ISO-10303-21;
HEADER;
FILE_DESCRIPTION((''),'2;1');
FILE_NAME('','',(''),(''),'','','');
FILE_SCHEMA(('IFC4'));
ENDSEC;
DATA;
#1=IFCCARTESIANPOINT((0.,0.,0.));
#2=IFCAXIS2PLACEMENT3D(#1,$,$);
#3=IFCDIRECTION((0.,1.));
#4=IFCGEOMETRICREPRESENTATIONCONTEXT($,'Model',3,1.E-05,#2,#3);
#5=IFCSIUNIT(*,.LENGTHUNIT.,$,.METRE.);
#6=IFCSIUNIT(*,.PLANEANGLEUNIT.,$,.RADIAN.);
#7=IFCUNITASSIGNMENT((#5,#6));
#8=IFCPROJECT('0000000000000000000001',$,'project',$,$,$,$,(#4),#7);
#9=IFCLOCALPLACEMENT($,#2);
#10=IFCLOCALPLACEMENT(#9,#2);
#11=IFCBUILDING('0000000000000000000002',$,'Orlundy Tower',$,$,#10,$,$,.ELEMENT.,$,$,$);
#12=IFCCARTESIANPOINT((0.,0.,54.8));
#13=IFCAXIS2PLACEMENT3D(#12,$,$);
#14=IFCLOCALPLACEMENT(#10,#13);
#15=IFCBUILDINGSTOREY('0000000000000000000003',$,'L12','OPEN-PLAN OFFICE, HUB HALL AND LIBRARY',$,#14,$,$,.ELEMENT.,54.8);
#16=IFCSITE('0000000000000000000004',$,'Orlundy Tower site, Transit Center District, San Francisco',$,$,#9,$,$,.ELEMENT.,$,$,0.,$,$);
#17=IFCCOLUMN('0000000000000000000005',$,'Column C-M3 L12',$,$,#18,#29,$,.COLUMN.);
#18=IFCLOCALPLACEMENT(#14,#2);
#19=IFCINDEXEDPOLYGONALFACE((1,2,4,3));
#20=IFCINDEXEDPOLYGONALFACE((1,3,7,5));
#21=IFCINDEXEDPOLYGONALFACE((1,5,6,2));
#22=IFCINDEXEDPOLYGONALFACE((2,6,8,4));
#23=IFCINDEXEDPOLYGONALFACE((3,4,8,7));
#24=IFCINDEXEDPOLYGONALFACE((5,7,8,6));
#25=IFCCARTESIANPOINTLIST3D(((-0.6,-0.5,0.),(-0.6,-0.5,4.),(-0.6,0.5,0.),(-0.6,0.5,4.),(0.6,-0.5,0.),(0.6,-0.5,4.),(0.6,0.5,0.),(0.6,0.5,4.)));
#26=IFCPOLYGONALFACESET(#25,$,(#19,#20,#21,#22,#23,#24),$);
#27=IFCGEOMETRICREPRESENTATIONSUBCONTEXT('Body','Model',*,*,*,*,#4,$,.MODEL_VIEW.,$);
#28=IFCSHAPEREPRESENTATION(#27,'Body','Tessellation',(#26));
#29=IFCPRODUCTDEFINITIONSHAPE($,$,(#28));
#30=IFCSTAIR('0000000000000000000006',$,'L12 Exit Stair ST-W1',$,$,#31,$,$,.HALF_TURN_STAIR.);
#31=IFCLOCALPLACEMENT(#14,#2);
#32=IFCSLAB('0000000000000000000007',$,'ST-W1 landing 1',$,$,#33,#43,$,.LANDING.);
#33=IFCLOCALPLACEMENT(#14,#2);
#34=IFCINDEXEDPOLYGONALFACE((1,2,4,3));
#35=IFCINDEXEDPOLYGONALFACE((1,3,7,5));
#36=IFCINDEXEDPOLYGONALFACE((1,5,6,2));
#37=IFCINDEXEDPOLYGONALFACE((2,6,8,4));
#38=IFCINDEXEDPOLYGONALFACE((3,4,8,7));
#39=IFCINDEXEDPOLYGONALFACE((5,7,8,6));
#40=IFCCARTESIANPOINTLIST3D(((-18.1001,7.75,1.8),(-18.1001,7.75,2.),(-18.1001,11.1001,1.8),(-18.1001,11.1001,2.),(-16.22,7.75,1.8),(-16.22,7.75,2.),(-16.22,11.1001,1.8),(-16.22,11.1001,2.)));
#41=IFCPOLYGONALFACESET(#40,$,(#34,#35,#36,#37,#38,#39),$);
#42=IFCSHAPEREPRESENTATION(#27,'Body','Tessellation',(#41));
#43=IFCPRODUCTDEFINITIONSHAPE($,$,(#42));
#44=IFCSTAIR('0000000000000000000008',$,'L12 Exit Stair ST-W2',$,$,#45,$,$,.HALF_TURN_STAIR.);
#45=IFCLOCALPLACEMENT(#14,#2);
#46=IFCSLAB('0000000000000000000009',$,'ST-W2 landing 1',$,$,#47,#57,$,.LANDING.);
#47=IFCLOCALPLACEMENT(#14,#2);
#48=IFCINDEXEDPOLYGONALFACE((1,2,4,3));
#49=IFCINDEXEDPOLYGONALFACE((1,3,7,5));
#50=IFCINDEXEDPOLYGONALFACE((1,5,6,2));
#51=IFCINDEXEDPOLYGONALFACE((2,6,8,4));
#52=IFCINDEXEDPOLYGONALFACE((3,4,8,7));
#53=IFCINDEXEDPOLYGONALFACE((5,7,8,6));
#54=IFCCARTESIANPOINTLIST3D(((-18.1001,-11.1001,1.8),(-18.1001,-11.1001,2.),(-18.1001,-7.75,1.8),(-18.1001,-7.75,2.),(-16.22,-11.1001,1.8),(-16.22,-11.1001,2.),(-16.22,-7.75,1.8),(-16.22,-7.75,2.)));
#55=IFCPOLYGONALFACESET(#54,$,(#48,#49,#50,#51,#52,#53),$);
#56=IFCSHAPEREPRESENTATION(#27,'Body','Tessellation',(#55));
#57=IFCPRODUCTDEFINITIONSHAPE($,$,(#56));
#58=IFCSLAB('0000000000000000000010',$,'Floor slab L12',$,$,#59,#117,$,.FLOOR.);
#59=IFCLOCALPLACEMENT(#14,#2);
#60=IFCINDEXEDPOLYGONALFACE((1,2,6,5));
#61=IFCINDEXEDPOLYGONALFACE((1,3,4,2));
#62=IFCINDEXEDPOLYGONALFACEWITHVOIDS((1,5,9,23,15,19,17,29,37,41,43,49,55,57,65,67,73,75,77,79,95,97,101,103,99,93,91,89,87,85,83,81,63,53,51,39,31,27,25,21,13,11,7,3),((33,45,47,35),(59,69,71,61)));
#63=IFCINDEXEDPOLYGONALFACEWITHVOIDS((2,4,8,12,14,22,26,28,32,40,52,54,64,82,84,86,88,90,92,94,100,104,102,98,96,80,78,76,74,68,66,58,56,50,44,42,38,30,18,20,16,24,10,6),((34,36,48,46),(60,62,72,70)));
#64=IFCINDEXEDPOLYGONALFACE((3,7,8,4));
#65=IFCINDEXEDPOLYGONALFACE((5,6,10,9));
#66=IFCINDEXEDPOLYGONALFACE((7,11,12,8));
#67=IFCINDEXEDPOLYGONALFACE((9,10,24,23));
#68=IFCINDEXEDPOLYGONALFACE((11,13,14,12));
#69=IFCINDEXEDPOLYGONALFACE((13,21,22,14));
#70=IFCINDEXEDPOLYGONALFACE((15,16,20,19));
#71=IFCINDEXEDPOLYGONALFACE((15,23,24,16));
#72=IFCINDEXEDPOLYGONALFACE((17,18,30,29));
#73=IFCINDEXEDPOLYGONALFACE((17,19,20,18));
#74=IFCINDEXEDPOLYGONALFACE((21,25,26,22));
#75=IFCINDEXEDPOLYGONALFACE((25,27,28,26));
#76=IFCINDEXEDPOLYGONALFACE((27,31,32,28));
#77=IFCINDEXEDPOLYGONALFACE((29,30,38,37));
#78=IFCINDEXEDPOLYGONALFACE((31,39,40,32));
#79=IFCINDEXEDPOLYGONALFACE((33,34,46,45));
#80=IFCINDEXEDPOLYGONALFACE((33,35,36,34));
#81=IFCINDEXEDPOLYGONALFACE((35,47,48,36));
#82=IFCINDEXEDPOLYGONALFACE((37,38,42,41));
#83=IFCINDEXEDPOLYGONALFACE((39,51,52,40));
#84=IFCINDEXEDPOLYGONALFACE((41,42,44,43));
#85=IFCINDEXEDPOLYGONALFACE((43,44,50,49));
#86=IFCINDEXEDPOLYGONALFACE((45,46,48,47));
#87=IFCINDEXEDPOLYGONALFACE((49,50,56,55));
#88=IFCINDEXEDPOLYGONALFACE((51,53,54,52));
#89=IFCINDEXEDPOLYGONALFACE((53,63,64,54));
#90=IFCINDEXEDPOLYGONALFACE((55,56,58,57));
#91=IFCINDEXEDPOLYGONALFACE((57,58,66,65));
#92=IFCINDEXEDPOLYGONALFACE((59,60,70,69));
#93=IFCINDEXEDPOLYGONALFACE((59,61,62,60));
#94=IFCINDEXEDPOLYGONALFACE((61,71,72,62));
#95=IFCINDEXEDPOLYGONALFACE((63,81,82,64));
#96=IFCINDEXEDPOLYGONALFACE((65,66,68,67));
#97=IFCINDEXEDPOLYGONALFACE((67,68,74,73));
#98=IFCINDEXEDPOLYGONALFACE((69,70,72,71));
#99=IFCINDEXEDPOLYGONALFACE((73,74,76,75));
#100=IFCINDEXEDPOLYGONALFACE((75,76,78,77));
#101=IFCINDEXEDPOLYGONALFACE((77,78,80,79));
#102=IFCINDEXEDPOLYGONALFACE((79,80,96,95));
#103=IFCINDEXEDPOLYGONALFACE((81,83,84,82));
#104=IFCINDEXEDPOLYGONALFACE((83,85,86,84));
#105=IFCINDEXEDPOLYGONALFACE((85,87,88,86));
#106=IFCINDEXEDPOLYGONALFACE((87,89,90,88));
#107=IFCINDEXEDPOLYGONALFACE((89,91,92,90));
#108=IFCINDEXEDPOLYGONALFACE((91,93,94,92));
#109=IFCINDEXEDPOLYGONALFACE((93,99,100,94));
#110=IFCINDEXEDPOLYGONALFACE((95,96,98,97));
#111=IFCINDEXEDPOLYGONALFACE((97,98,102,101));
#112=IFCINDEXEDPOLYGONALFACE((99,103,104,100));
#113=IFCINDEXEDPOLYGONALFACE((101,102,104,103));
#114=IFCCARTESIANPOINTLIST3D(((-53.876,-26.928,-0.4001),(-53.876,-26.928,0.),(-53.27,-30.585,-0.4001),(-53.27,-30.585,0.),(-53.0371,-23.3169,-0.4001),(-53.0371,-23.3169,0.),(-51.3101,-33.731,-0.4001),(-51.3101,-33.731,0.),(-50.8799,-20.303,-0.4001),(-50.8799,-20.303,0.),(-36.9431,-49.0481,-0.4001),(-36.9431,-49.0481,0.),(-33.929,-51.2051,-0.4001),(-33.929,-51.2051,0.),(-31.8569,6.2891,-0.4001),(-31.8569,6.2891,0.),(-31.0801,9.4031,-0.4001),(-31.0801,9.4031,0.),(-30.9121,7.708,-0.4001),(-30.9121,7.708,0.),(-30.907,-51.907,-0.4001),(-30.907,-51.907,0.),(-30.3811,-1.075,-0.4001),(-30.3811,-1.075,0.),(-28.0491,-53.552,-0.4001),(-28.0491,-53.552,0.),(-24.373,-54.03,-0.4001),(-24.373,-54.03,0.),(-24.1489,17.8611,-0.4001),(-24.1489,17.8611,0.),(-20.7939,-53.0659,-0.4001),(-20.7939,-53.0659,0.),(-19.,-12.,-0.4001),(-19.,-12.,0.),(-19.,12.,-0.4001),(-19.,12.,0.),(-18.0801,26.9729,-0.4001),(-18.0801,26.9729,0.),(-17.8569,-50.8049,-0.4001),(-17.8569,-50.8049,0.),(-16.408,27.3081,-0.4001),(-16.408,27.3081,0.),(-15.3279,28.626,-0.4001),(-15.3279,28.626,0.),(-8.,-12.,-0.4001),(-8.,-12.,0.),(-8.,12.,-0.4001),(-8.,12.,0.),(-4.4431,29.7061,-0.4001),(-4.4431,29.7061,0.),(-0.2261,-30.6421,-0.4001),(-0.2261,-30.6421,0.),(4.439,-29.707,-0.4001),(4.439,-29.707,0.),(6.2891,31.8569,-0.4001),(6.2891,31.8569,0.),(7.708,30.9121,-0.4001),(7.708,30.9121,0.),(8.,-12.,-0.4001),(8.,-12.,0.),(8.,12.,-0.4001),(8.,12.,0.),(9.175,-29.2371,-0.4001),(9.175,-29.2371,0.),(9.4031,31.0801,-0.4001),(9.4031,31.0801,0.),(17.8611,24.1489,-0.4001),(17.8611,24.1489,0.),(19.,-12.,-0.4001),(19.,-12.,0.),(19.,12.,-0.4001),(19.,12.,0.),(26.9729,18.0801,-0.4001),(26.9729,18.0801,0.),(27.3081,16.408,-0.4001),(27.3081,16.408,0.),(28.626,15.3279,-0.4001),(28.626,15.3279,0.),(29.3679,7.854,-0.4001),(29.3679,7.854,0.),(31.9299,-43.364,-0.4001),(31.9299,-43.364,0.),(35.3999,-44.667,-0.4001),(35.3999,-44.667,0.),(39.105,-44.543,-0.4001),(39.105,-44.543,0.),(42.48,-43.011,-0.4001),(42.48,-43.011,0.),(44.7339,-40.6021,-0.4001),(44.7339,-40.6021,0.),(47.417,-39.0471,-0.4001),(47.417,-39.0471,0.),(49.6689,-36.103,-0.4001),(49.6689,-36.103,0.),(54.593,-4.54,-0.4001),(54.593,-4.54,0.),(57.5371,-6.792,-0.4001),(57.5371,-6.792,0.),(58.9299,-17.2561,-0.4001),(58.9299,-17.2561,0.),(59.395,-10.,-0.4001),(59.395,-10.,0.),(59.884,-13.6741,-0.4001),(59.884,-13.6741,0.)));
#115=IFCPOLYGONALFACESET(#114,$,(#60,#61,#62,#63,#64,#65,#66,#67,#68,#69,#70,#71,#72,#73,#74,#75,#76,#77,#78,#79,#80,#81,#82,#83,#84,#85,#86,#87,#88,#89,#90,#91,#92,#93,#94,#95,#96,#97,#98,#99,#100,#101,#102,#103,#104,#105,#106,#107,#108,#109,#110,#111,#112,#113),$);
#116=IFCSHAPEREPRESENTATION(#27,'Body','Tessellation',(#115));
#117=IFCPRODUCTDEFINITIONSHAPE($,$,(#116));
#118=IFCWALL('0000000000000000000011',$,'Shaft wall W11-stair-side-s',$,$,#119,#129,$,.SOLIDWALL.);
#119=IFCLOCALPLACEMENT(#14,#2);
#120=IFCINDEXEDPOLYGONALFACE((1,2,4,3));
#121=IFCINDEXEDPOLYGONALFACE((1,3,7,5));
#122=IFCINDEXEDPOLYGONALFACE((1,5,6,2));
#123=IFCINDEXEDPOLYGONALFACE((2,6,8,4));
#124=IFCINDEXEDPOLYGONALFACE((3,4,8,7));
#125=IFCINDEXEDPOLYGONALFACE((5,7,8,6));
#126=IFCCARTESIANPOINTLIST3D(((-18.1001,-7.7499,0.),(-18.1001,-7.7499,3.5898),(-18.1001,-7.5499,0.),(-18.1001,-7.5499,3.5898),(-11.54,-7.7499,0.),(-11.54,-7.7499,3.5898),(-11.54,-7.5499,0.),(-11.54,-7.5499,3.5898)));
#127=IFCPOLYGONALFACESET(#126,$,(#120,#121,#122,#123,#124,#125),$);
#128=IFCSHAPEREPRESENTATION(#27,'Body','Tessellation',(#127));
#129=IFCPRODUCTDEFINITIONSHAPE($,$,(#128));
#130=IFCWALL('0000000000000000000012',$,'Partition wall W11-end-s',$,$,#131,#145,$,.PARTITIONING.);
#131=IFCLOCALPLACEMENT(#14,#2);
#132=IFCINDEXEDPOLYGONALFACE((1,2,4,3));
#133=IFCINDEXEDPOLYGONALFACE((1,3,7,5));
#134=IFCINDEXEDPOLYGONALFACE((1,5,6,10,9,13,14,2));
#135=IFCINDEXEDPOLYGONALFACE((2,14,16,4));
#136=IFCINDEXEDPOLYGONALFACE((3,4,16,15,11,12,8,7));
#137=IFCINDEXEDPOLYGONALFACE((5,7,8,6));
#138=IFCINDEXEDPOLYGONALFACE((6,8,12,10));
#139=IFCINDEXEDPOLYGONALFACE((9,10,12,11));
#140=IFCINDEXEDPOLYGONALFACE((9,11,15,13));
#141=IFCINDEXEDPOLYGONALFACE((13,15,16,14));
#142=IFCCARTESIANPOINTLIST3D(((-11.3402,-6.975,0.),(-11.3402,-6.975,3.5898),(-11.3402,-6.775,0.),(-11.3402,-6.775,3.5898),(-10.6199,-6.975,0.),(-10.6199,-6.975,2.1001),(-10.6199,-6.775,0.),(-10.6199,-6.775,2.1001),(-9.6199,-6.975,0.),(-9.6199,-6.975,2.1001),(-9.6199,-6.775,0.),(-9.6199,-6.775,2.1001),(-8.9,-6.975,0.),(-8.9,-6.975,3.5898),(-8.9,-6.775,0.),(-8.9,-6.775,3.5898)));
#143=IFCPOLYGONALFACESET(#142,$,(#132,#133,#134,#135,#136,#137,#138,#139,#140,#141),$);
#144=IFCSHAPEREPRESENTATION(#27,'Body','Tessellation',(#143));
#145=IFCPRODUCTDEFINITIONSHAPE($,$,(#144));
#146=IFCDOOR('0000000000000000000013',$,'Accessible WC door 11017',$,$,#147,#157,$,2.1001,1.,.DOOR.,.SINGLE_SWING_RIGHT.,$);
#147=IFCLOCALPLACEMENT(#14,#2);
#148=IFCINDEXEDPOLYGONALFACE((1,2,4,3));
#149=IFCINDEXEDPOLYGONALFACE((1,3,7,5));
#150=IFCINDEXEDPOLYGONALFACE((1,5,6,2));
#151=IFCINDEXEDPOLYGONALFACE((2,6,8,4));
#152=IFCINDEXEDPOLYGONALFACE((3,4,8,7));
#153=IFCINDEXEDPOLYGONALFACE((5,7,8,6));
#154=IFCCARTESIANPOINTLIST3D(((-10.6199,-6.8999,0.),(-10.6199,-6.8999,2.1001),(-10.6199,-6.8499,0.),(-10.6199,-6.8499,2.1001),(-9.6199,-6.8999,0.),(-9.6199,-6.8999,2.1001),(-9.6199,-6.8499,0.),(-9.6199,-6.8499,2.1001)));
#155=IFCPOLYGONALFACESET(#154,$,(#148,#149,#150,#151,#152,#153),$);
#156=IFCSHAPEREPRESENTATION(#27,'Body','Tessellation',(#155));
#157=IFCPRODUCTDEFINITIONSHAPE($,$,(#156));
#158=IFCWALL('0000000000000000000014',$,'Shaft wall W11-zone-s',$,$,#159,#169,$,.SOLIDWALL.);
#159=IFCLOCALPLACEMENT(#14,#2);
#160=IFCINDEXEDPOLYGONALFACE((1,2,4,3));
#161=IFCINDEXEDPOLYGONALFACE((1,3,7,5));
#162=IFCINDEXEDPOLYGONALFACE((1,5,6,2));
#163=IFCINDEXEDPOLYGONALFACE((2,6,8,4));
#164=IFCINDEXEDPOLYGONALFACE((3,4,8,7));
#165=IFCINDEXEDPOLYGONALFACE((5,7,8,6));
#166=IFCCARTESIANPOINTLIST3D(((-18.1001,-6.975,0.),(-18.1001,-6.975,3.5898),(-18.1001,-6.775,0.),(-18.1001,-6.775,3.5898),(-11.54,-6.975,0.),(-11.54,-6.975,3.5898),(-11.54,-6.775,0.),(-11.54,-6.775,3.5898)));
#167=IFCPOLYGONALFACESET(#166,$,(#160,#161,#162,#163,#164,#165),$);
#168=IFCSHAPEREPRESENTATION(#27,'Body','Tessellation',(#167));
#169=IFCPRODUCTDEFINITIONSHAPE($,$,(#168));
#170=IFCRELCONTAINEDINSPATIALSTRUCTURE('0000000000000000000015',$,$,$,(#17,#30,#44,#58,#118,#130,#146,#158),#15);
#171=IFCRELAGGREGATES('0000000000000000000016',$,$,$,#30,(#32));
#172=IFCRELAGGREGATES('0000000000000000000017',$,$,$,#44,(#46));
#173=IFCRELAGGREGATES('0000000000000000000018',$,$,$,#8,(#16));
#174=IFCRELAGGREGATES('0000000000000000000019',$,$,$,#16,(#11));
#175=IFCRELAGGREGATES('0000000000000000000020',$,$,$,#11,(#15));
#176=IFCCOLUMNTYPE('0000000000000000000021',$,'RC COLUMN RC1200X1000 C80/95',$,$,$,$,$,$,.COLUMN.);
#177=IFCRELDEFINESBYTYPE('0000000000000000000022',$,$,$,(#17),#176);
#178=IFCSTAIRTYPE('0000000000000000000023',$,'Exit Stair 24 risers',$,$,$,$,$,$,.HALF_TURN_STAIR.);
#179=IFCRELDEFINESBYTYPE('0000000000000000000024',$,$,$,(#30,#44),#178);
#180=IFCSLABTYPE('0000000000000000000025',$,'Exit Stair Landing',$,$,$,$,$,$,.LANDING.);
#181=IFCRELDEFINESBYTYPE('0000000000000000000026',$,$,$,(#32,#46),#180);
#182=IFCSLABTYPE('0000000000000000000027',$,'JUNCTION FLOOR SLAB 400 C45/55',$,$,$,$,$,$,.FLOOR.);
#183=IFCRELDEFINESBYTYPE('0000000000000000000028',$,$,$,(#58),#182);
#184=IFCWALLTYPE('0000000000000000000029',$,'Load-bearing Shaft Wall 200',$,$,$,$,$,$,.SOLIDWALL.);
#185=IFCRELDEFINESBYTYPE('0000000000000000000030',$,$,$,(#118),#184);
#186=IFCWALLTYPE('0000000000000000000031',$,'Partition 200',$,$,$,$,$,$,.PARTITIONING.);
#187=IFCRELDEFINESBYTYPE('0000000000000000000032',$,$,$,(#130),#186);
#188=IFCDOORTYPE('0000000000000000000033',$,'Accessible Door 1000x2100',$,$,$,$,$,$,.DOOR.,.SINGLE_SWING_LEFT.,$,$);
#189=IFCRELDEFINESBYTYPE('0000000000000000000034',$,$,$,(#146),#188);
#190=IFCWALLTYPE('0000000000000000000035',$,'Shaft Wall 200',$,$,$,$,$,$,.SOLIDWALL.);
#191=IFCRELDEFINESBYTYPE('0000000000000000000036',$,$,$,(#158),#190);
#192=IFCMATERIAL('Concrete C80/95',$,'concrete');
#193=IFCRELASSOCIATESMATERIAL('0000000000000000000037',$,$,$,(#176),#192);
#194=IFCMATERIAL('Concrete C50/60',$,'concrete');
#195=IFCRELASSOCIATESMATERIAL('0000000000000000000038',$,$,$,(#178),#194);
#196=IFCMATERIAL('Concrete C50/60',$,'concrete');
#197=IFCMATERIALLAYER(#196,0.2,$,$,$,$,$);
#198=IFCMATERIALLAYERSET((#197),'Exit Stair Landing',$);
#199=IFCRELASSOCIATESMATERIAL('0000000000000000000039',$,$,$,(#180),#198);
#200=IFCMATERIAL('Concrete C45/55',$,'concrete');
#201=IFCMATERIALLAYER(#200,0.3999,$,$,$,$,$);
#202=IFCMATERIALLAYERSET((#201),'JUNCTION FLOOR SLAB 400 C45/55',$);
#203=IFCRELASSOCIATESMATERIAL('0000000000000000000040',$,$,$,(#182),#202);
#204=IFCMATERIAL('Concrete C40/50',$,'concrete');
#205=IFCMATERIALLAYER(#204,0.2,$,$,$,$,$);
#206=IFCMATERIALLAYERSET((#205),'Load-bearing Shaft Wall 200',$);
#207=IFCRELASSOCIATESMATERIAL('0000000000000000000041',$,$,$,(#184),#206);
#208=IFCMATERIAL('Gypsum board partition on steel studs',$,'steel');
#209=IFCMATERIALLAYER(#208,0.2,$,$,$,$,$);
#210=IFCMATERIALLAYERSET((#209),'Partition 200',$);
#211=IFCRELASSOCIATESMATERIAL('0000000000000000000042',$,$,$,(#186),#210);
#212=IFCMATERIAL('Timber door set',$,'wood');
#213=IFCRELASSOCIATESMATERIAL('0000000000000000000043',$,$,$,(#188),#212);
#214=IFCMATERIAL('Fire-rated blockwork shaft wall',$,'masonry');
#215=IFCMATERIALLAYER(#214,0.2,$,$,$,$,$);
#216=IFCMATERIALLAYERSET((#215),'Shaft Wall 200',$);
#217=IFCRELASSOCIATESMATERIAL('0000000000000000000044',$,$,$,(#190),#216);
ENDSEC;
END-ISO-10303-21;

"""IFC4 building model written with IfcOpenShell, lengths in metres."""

from ifc_helpers import new_model, si_unit, direction, frame, frame_2d, origin, origin_with_axes, origin_2d, place, context, subcontext, project, spatial, polyline, rectangle, outline, extrude, material, layer, layer_set, material_profile, profile_set, type_object, element, fill, aggregate, save


model = new_model("IFC4")

# Units and contexts
model_context = context("Model", 3, precision=1e-05, world=origin(), true_north=direction((0.0, 1.0)))
body_context = subcontext(model_context, "Body", "Model", "MODEL_VIEW")
ifc_project = project(units=[si_unit("LENGTHUNIT", "METRE"), si_unit("PLANEANGLEUNIT", "RADIAN")], contexts=[model_context])

# Site, building, storey
site_placement = place(None, origin())
site = spatial("IfcSite", under=ifc_project, at=site_placement, Name="Orlundy Tower site, Transit Center District, San Francisco", CompositionType="ELEMENT", RefElevation=0.0)
building_placement = place(site_placement, origin())
building = spatial("IfcBuilding", under=site, at=building_placement, Name="Orlundy Tower", CompositionType="ELEMENT")
storey_placement = place(building_placement, frame((0.0, 0.0, 54.8)))
storey = spatial("IfcBuildingStorey", under=building, at=storey_placement, Name="L12", Description="OPEN-PLAN OFFICE, HUB HALL AND LIBRARY", CompositionType="ELEMENT", Elevation=54.8)

# Column
ifc_material_1 = material(Name="Concrete C80/95", Category="concrete")
ifc_material_profile = material_profile(ifc_material_1, rectangle(XDim=1.2, YDim=1.0, at=origin_2d()), Name="RC1200X1000")
ifc_profile_set = profile_set([ifc_material_profile], Name="Concrete C80/95")
column_type = type_object("IfcColumnType", Name="RC COLUMN RC1200X1000 C80/95", PredefinedType="COLUMN", material=ifc_profile_set)
column_placement = place(storey_placement, origin_with_axes())
element("IfcColumn", 1, at=column_placement, inside=storey, type_object=column_type, Name="Column C-M3 L12", PredefinedType="COLUMN", context=body_context, shape_type="SweptSolid", body=[
    extrude(rectangle(XDim=1.2, YDim=1.0, at=origin_2d()), origin(), (0.0, 0.0, 1.0), 4.0),
])

# Stairs, slabs
ifc_material_2 = material(Name="Concrete C50/60", Category="concrete")
stair_type = type_object("IfcStairType", Name="Exit Stair 24 risers", PredefinedType="HALF_TURN_STAIR", material=ifc_material_2)
stair_1_placement = place(storey_placement, origin())
stair_1 = element("IfcStair", 2, at=stair_1_placement, inside=storey, type_object=stair_type, Name="L12 Exit Stair ST-W1", PredefinedType="HALF_TURN_STAIR")
ifc_material_3 = material(Name="Concrete C50/60", Category="concrete")
ifc_layer_1 = layer(ifc_material_3, 0.2)
ifc_layer_set_1 = layer_set([ifc_layer_1], Name="Exit Stair Landing")
slab_type_1 = type_object("IfcSlabType", Name="Exit Stair Landing", PredefinedType="LANDING", material=ifc_layer_set_1)
slab_1_placement = place(storey_placement, frame((0.0, 0.0, 1.8)))
slab_1 = element("IfcSlab", 3, at=slab_1_placement, type_object=slab_type_1, Name="ST-W1 landing 1", PredefinedType="LANDING", context=body_context, shape_type="SweptSolid", body=[
    extrude(outline(polyline([(-16.22, 11.1001), (-18.1001, 11.1001), (-18.1001, 7.75), (-16.22, 7.75), (-16.22, 11.1001)])), origin(), (0.0, 0.0, 1.0), 0.2),
])
aggregate(stair_1, [slab_1])
stair_2_placement = place(storey_placement, origin())
stair_2 = element("IfcStair", 4, at=stair_2_placement, inside=storey, type_object=stair_type, Name="L12 Exit Stair ST-W2", PredefinedType="HALF_TURN_STAIR")
slab_2_placement = place(storey_placement, frame((0.0, 0.0, 1.8)))
slab_2 = element("IfcSlab", 5, at=slab_2_placement, type_object=slab_type_1, Name="ST-W2 landing 1", PredefinedType="LANDING", context=body_context, shape_type="SweptSolid", body=[
    extrude(outline(polyline([(-16.22, -7.75), (-18.1001, -7.75), (-18.1001, -11.1001), (-16.22, -11.1001), (-16.22, -7.75)])), origin(), (0.0, 0.0, 1.0), 0.2),
])
aggregate(stair_2, [slab_2])

# Slab
ifc_material_4 = material(Name="Concrete C45/55", Category="concrete")
ifc_layer_2 = layer(ifc_material_4, 0.3999)
ifc_layer_set_2 = layer_set([ifc_layer_2], Name="JUNCTION FLOOR SLAB 400 C45/55")
slab_type_2 = type_object("IfcSlabType", Name="JUNCTION FLOOR SLAB 400 C45/55", PredefinedType="FLOOR", material=ifc_layer_set_2)
slab_3_placement = place(storey_placement, frame((0.0, 0.0, -0.4001)))
element("IfcSlab", 6, at=slab_3_placement, inside=storey, type_object=slab_type_2, Name="Floor slab L12", PredefinedType="FLOOR", context=body_context, shape_type="SweptSolid", body=[
    extrude(outline(polyline([(-17.8569, -50.8049), (-20.7939, -53.0659), (-24.373, -54.03), (-28.0491, -53.552), (-30.907, -51.907), (-33.929, -51.2051), (-36.9431, -49.0481), (-51.3101, -33.731), (-53.27, -30.585), (-53.876, -26.928), (-53.0371, -23.3169), (-50.8799, -20.303), (-30.3811, -1.075), (-31.8569, 6.2891), (-30.9121, 7.708), (-31.0801, 9.4031), (-24.1489, 17.8611), (-18.0801, 26.9729), (-16.408, 27.3081), (-15.3279, 28.626), (-4.4431, 29.7061), (6.2891, 31.8569), (7.708, 30.9121), (9.4031, 31.0801), (17.8611, 24.1489), (26.9729, 18.0801), (27.3081, 16.408), (28.626, 15.3279), (29.3679, 7.854), (54.593, -4.54), (57.5371, -6.792), (59.395, -10.0), (59.884, -13.6741), (58.9299, -17.2561), (49.6689, -36.103), (47.417, -39.0471), (44.7339, -40.6021), (42.48, -43.011), (39.105, -44.543), (35.3999, -44.667), (31.9299, -43.364), (9.175, -29.2371), (4.439, -29.707), (-0.2261, -30.6421), (-17.8569, -50.8049)]), holes=[polyline([(-8.0, -12.0), (-8.0, 12.0), (-19.0, 12.0), (-19.0, -12.0), (-8.0, -12.0)]), polyline([(19.0, -12.0), (19.0, 12.0), (8.0, 12.0), (8.0, -12.0), (19.0, -12.0)])]), origin(), (0.0, 0.0, 1.0), 0.4001),
])

# Wall
ifc_material_5 = material(Name="Concrete C40/50", Category="concrete")
ifc_layer_3 = layer(ifc_material_5, 0.2)
ifc_layer_set_3 = layer_set([ifc_layer_3], Name="Load-bearing Shaft Wall 200")
wall_type_1 = type_object("IfcWallType", Name="Load-bearing Shaft Wall 200", PredefinedType="SOLIDWALL", material=ifc_layer_set_3)
wall_1_placement = place(storey_placement, frame((-11.54, -7.6499, 0.0), z_axis=(0.0, 0.0, 1.0), x_axis=(-1.0, 0.0, 0.0)))
element("IfcWall", 7, at=wall_1_placement, inside=storey, type_object=wall_type_1, Name="Shaft wall W11-stair-side-s", PredefinedType="SOLIDWALL", context=body_context, shape_type="SweptSolid", body=[
    extrude(rectangle(XDim=6.5601, YDim=0.2, at=frame_2d((3.28, 0.0))), origin(), (0.0, 0.0, 1.0), 3.5898),
])

# Wall, opening, door
ifc_material_6 = material(Name="Gypsum board partition on steel studs", Category="steel")
ifc_layer_4 = layer(ifc_material_6, 0.2)
ifc_layer_set_4 = layer_set([ifc_layer_4], Name="Partition 200")
wall_type_2 = type_object("IfcWallType", Name="Partition 200", PredefinedType="PARTITIONING", material=ifc_layer_set_4)
wall_2_placement = place(storey_placement, frame((-8.8999, -6.875, 0.0), z_axis=(0.0, 0.0, 1.0), x_axis=(-1.0, 0.0, 0.0)))
wall_2 = element("IfcWall", 8, at=wall_2_placement, inside=storey, type_object=wall_type_2, Name="Partition wall W11-end-s", PredefinedType="PARTITIONING", context=body_context, shape_type="SweptSolid", body=[
    extrude(rectangle(XDim=2.4402, YDim=0.2, at=frame_2d((1.2202, 0.0))), origin(), (0.0, 0.0, 1.0), 3.5898),
])
opening_1_placement = place(wall_2_placement, frame((0.72, 0.0, 0.0)))
opening_1 = element("IfcOpeningElement", 9, at=opening_1_placement, cuts=wall_2, PredefinedType="OPENING", context=body_context, shape_type="SweptSolid", body=[
    extrude(rectangle(XDim=1.0, YDim=2.1001, at=frame_2d((0.5, 1.05))), frame((0.0, 0.1101, 0.0), z_axis=(0.0, -1.0, 0.0), x_axis=(1.0, 0.0, 0.0)), (0.0, 0.0, 1.0), 0.2202),
])
ifc_material_7 = material(Name="Timber door set", Category="wood")
door_type_1 = type_object("IfcDoorType", Name="Accessible Door 1000x2100", OperationType="SINGLE_SWING_LEFT", PredefinedType="DOOR", material=ifc_material_7)
door_1_placement = place(opening_1_placement, origin())
door_1 = element("IfcDoor", 10, at=door_1_placement, inside=storey, type_object=door_type_1, Name="Accessible WC door 11017", OperationType="SINGLE_SWING_RIGHT", OverallHeight=2.1001, OverallWidth=1.0, PredefinedType="DOOR", context=body_context, shape_type="SweptSolid", body=[
    extrude(rectangle(XDim=1.0, YDim=2.1001, at=frame_2d((0.5, 1.05))), frame((0.0, 0.0249, 0.0), z_axis=(0.0, -1.0, 0.0), x_axis=(1.0, 0.0, 0.0)), (0.0, 0.0, 1.0), 0.05),
])
fill(opening_1, door_1)

# Wall
ifc_material_8 = material(Name="Fire-rated blockwork shaft wall", Category="masonry")
ifc_layer_5 = layer(ifc_material_8, 0.2)
ifc_layer_set_5 = layer_set([ifc_layer_5], Name="Shaft Wall 200")
wall_type_3 = type_object("IfcWallType", Name="Shaft Wall 200", PredefinedType="SOLIDWALL", material=ifc_layer_set_5)
wall_3_placement = place(storey_placement, frame((-11.54, -6.875, 0.0), z_axis=(0.0, 0.0, 1.0), x_axis=(-1.0, 0.0, 0.0)))
element("IfcWall", 11, at=wall_3_placement, inside=storey, type_object=wall_type_3, Name="Shaft wall W11-zone-s", PredefinedType="SOLIDWALL", context=body_context, shape_type="SweptSolid", body=[
    extrude(rectangle(XDim=6.5601, YDim=0.2, at=frame_2d((3.28, 0.0))), origin(), (0.0, 0.0, 1.0), 3.5898),
])

save(model, "model.ifc")
